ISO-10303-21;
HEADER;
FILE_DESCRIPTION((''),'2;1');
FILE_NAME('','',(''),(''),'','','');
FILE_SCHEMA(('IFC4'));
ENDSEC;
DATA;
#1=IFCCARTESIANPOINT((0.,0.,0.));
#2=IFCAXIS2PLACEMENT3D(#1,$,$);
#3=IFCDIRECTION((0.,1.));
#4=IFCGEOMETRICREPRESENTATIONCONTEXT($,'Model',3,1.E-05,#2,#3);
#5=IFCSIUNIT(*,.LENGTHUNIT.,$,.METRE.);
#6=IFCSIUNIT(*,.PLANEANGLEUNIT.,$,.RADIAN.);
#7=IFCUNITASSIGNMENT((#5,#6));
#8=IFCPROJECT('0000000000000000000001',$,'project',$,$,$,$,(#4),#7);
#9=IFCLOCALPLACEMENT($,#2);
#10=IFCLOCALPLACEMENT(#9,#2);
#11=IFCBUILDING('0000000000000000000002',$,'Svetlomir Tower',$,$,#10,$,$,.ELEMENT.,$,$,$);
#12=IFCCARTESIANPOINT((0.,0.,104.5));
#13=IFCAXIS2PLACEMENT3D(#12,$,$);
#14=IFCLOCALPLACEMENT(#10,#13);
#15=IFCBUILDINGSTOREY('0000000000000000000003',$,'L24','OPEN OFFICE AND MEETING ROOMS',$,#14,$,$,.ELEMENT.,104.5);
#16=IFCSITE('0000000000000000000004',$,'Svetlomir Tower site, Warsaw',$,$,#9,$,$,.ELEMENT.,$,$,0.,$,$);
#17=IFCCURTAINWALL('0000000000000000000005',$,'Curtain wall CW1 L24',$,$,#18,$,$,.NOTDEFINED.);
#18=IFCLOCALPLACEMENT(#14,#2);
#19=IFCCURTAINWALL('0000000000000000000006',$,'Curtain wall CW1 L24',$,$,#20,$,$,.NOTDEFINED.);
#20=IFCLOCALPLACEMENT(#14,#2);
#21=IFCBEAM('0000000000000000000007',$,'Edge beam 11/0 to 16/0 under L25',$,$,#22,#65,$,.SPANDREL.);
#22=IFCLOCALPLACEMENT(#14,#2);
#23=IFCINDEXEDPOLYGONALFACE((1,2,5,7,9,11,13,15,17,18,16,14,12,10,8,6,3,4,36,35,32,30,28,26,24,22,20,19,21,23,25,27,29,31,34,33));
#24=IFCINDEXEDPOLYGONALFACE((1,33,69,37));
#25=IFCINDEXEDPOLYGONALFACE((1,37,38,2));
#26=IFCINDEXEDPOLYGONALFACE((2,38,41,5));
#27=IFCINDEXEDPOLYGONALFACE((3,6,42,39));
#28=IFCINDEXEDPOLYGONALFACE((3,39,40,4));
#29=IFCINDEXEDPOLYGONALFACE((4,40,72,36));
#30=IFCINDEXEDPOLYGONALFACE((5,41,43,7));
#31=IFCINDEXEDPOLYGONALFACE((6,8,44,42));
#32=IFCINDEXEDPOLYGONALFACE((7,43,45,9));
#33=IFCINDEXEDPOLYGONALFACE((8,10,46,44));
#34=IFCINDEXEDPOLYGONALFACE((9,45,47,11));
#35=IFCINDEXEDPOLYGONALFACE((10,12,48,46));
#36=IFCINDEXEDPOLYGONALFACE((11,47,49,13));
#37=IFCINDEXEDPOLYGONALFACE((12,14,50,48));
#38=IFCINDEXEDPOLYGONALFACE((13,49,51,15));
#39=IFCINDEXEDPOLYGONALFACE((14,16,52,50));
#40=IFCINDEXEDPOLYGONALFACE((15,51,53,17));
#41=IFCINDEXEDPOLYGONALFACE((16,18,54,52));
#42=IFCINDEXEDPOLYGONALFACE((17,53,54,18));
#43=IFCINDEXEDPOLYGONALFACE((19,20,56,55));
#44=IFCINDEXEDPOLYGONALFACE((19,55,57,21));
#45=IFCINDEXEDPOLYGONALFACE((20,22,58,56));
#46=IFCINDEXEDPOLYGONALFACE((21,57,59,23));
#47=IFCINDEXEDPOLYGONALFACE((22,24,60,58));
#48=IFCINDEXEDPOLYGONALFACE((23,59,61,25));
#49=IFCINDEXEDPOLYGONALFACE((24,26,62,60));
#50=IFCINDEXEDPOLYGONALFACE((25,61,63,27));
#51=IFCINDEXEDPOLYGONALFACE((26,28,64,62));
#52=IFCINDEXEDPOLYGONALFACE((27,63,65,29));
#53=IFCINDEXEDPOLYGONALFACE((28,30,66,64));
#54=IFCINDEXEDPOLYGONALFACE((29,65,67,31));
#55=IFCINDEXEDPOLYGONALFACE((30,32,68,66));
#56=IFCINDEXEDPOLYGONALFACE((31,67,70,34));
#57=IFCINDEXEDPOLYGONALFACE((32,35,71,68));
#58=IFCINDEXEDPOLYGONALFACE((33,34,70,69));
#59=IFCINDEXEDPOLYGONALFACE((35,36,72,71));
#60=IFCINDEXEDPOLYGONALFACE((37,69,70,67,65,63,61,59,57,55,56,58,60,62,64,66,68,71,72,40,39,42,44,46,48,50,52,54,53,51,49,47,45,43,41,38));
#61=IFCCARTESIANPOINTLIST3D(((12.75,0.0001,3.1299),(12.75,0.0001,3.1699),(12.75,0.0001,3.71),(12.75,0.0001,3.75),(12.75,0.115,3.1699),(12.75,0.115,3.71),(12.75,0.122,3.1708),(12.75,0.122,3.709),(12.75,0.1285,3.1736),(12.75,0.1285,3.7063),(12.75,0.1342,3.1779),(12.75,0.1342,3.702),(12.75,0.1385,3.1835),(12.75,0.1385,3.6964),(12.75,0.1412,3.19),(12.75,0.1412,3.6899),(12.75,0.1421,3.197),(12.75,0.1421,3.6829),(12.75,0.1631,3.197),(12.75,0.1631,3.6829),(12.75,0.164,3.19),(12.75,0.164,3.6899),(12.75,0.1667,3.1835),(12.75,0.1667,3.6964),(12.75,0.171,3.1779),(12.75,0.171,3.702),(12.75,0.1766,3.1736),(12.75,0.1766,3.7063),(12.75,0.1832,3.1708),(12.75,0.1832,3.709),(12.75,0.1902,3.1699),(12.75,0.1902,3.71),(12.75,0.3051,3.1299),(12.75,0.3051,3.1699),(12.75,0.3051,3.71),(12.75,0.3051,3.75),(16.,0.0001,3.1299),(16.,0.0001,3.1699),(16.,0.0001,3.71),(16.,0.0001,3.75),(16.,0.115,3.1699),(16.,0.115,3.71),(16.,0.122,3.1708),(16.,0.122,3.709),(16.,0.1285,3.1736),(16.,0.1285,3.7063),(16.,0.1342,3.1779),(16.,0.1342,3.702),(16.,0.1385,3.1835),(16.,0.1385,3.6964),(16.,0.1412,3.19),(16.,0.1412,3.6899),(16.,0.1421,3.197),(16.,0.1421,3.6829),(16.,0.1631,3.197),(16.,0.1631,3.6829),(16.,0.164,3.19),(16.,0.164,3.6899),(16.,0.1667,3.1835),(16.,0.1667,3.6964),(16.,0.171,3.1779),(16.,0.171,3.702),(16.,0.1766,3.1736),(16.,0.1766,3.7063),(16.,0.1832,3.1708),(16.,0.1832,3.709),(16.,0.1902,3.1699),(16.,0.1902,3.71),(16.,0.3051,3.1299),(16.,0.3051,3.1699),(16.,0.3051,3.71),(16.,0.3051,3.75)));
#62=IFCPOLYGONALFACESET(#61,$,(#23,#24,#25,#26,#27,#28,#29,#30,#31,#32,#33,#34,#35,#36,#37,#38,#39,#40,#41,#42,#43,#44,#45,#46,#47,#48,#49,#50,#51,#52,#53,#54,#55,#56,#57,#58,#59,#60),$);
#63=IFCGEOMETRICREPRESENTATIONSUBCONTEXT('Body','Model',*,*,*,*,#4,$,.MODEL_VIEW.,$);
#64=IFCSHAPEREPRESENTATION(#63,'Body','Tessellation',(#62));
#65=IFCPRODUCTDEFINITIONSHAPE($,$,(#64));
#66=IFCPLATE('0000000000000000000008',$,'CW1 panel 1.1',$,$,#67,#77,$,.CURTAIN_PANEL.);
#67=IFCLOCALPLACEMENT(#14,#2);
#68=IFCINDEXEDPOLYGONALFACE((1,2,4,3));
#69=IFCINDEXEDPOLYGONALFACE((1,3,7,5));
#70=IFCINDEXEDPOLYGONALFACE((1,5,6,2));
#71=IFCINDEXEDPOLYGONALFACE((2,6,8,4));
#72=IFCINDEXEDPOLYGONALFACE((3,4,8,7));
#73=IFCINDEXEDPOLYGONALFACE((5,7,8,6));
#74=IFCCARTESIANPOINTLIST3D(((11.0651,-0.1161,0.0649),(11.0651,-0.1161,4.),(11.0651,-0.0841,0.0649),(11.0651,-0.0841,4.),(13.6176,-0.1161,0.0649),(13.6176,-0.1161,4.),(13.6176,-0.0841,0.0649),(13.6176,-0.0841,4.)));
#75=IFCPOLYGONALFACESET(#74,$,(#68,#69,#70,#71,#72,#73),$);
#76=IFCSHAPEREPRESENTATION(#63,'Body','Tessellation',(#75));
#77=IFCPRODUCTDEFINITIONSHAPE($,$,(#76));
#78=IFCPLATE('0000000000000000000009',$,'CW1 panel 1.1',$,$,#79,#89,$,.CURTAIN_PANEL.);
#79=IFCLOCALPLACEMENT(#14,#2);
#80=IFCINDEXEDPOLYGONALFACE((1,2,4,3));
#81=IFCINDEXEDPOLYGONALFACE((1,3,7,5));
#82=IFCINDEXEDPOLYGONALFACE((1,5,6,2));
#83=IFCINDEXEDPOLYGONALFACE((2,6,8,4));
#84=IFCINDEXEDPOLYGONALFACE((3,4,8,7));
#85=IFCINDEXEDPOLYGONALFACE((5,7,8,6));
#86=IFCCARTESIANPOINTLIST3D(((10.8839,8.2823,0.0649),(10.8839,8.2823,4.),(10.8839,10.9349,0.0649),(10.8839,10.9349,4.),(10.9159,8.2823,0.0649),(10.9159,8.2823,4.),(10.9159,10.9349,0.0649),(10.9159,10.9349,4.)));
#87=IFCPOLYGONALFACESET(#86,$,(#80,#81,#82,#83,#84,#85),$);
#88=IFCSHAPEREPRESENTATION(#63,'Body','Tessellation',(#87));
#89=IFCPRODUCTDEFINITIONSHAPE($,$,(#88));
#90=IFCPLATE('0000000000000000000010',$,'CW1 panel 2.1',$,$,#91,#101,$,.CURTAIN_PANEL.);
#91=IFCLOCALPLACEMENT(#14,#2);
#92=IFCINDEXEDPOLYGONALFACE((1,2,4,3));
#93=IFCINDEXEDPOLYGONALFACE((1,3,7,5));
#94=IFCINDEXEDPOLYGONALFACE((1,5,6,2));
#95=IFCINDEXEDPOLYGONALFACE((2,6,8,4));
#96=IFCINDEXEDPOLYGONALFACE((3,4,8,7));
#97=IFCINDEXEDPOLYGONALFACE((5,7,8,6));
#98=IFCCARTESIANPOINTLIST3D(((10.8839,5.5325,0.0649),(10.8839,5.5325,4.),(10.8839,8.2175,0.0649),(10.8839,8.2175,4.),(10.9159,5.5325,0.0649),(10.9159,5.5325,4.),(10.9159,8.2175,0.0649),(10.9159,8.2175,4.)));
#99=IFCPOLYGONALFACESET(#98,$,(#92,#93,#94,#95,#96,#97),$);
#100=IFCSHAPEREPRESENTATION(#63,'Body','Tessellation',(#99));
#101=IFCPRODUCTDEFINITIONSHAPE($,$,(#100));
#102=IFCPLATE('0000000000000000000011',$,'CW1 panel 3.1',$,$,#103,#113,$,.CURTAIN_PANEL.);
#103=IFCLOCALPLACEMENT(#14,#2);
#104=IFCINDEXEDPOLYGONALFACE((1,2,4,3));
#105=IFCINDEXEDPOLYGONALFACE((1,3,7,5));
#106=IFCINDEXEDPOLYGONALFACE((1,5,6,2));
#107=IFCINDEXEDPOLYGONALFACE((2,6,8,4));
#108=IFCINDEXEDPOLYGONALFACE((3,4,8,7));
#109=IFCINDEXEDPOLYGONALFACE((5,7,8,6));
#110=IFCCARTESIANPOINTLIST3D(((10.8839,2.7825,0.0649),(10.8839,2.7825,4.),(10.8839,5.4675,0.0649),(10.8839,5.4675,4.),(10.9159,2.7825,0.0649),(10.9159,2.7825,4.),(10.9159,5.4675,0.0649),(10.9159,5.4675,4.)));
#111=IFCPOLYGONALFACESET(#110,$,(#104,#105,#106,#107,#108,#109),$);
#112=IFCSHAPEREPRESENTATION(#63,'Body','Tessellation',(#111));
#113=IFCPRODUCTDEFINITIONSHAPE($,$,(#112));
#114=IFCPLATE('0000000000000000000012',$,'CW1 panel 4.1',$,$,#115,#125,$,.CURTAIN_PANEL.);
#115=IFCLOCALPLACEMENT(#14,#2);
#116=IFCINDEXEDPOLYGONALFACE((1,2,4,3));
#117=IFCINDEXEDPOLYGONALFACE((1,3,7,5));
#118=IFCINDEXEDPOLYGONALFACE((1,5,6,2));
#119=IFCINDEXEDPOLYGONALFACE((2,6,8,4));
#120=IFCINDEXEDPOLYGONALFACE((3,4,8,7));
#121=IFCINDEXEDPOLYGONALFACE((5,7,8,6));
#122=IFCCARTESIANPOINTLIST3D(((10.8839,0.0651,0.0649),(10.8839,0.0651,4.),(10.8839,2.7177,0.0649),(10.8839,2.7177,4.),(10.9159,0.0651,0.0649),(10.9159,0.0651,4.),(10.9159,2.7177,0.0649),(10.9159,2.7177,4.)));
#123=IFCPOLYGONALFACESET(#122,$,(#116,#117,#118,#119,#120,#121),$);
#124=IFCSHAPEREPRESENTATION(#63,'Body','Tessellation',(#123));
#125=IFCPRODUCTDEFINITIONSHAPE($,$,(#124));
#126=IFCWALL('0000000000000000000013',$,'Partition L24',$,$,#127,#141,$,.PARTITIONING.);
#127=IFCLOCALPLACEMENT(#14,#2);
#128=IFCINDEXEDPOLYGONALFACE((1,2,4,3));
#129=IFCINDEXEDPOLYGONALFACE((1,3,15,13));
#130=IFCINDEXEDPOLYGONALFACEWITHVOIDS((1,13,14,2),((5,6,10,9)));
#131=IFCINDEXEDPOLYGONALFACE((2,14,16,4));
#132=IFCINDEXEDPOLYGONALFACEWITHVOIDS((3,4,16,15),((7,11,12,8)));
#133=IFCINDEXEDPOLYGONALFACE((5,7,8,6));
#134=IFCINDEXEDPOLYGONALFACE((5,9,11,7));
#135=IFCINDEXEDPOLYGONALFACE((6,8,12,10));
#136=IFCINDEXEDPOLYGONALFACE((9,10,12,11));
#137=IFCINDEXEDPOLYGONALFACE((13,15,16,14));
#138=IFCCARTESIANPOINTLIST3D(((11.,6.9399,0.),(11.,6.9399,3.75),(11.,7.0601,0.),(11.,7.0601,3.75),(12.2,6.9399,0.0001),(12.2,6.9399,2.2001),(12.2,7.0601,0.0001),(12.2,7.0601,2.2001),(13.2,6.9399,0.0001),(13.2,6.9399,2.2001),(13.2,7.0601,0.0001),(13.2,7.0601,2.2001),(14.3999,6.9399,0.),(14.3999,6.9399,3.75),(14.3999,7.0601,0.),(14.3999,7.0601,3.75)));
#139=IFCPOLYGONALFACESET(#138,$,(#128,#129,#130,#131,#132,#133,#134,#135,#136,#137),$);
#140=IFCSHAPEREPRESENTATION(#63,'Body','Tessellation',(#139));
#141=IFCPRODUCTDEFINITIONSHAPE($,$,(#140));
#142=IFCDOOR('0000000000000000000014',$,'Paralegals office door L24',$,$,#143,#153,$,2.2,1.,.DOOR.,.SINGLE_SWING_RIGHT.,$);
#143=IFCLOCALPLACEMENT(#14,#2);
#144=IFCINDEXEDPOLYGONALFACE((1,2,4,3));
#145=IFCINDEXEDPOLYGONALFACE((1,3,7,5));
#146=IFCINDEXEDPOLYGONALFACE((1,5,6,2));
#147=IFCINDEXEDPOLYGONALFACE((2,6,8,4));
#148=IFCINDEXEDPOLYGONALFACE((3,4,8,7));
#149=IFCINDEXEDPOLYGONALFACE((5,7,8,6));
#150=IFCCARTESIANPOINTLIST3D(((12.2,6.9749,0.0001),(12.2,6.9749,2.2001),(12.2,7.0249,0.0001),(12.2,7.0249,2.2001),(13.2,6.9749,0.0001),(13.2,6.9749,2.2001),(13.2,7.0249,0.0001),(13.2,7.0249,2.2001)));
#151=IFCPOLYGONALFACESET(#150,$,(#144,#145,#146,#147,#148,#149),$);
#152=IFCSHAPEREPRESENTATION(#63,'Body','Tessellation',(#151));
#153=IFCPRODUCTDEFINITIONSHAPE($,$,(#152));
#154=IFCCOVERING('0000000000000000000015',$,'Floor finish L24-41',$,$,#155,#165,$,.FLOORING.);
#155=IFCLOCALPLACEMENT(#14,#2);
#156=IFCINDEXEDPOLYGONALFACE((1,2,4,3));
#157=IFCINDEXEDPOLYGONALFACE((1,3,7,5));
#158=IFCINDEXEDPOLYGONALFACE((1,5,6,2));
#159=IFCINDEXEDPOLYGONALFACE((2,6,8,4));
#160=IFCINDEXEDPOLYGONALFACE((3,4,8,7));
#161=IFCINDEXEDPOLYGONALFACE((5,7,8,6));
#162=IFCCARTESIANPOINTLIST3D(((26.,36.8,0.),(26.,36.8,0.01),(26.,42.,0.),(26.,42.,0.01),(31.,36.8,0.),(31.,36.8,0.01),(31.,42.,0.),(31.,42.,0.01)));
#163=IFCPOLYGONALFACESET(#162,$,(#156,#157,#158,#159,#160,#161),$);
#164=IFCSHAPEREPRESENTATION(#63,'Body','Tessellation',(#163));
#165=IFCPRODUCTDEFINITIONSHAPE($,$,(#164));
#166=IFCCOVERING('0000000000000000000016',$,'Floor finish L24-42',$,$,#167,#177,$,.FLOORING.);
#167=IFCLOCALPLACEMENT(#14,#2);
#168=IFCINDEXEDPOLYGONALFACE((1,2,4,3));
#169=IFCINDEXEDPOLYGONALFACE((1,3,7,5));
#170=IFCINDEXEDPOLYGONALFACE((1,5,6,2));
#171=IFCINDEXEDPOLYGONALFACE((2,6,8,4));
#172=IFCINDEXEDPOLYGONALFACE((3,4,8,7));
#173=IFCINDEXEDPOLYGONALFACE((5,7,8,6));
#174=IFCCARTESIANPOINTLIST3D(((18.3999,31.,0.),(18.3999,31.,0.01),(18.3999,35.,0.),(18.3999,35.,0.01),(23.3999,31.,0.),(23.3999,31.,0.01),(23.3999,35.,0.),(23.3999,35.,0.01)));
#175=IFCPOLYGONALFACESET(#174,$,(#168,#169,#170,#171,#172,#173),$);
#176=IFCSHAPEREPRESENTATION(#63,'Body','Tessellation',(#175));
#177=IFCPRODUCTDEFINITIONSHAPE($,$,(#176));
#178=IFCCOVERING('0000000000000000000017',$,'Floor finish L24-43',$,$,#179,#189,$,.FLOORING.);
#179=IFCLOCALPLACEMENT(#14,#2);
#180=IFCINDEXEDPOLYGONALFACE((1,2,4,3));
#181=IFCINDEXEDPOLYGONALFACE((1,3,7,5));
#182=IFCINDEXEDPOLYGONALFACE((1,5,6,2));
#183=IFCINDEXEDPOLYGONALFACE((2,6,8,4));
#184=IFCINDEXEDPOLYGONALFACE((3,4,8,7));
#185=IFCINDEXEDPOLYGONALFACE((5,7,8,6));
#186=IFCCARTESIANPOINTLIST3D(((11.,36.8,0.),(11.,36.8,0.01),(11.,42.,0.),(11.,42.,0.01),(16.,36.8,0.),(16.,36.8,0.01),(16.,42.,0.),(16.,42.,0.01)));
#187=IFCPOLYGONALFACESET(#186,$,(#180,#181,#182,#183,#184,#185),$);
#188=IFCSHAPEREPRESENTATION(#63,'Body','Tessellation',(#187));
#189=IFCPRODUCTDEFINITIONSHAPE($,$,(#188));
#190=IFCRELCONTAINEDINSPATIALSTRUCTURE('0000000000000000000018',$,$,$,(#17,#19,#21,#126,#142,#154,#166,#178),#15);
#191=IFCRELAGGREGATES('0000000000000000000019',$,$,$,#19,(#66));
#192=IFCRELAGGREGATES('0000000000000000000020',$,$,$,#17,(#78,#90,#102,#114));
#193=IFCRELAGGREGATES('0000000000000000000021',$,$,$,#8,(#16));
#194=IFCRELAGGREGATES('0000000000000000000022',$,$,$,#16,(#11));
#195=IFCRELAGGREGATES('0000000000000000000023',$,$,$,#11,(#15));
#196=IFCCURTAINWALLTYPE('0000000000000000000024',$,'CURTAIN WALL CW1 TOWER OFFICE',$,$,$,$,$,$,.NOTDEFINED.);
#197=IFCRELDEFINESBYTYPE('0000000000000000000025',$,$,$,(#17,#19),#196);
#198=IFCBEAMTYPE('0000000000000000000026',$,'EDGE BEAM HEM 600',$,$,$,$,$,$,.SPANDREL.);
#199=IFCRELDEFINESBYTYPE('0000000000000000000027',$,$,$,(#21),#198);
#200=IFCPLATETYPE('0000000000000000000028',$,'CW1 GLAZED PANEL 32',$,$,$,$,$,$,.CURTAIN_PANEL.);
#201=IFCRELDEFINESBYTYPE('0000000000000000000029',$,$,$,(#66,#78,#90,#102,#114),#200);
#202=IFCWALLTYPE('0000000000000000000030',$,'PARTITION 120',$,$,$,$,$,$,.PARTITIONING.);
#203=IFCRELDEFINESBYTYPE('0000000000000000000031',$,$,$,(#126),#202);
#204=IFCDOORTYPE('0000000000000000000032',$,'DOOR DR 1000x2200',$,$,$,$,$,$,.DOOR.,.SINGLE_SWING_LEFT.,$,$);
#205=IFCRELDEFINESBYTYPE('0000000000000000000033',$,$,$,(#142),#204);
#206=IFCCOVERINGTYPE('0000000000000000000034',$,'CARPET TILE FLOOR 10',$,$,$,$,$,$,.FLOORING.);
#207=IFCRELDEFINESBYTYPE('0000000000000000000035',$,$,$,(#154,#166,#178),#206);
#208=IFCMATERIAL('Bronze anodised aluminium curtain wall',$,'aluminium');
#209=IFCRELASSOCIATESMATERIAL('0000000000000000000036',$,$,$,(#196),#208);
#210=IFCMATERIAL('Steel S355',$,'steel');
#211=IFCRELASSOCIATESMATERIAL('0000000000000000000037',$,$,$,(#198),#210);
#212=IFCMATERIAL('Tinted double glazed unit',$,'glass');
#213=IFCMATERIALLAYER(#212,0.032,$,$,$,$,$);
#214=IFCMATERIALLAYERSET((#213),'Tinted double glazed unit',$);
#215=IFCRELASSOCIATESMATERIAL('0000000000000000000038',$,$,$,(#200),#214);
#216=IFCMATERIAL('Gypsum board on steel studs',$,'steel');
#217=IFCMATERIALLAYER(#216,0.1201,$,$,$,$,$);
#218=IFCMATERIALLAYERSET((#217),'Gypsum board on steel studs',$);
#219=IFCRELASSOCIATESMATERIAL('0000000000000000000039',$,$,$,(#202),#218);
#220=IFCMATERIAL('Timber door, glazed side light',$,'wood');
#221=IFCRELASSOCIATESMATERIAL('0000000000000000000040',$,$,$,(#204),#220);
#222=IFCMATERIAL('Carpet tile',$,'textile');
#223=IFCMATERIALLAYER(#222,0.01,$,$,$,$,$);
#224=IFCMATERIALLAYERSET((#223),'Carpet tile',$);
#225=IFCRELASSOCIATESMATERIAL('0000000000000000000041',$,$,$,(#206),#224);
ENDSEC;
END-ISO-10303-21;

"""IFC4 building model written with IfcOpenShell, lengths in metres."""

from ifc_helpers import new_model, si_unit, direction, frame, frame_2d, origin, origin_2d, place, context, subcontext, project, spatial, polyline, rectangle, i_section, outline, extrude, material, layer, layer_set, material_profile, profile_set, type_object, element, fill, aggregate, save


model = new_model("IFC4")

# Units and contexts
model_context = context("Model", 3, precision=1e-05, world=origin(), true_north=direction((0.0, 1.0)))
body_context = subcontext(model_context, "Body", "Model", "MODEL_VIEW")
ifc_project = project(units=[si_unit("LENGTHUNIT", "METRE"), si_unit("PLANEANGLEUNIT", "RADIAN")], contexts=[model_context])

# Site, building, storey
site_placement = place(None, origin())
site = spatial("IfcSite", under=ifc_project, at=site_placement, Name="Svetlomir Tower site, Warsaw", CompositionType="ELEMENT", RefElevation=0.0)
building_placement = place(site_placement, origin())
building = spatial("IfcBuilding", under=site, at=building_placement, Name="Svetlomir Tower", CompositionType="ELEMENT")
storey_placement = place(building_placement, frame((0.0, 0.0, 104.5)))
storey = spatial("IfcBuildingStorey", under=building, at=storey_placement, Name="L24", Description="OPEN OFFICE AND MEETING ROOMS", CompositionType="ELEMENT", Elevation=104.5)

# Curtain wall
ifc_material_1 = material(Name="Bronze anodised aluminium curtain wall", Category="aluminium")
curtain_wall_type = type_object("IfcCurtainWallType", Name="CURTAIN WALL CW1 TOWER OFFICE", PredefinedType="NOTDEFINED", material=ifc_material_1)
curtain_wall_1_placement = place(storey_placement, origin())
curtain_wall_1 = element("IfcCurtainWall", 1, at=curtain_wall_1_placement, inside=storey, type_object=curtain_wall_type, Name="Curtain wall CW1 L24", PredefinedType="NOTDEFINED")

# Curtain wall
curtain_wall_2_placement = place(storey_placement, origin())
curtain_wall_2 = element("IfcCurtainWall", 2, at=curtain_wall_2_placement, inside=storey, type_object=curtain_wall_type, Name="Curtain wall CW1 L24", PredefinedType="NOTDEFINED")

# Beam
ifc_material_2 = material(Name="Steel S355", Category="steel")
ifc_material_profile_1 = material_profile(ifc_material_2, i_section(OverallWidth=0.3049, OverallDepth=0.6201, WebThickness=0.021, FlangeThickness=0.04, FilletRadius=0.0271, at=origin_2d()), Name="HEM 600")
ifc_profile_set_1 = profile_set([ifc_material_profile_1], Name="Steel S355")
beam_type = type_object("IfcBeamType", Name="EDGE BEAM HEM 600", PredefinedType="SPANDREL", material=ifc_profile_set_1)
beam_placement = place(storey_placement, frame((12.75, 0.1526, 3.4399), z_axis=(1.0, 0.0, 0.0), x_axis=(0.0, 1.0, 0.0)))
element("IfcBeam", 3, at=beam_placement, inside=storey, type_object=beam_type, Name="Edge beam 11/0 to 16/0 under L25", PredefinedType="SPANDREL", context=body_context, shape_type="SweptSolid", body=[
    extrude(i_section(OverallWidth=0.3049, OverallDepth=0.6201, WebThickness=0.021, FlangeThickness=0.04, FilletRadius=0.0271, at=origin_2d()), origin(), (0.0, 0.0, 1.0), 3.25),
])

# Plates
ifc_material_3 = material(Name="Tinted double glazed unit", Category="glass")
ifc_layer_1 = layer(ifc_material_3, 0.032)
ifc_layer_set_1 = layer_set([ifc_layer_1], Name="Tinted double glazed unit")
plate_type = type_object("IfcPlateType", Name="CW1 GLAZED PANEL 32", PredefinedType="CURTAIN_PANEL", material=ifc_layer_set_1)
plate_1_placement = place(storey_placement, frame((12.3413, -0.1001, 0.0649), z_axis=(0.0, 0.0, 1.0), x_axis=(1.0, 0.0, 0.0)))
plate_1 = element("IfcPlate", 4, at=plate_1_placement, type_object=plate_type, Name="CW1 panel 1.1", PredefinedType="CURTAIN_PANEL", context=body_context, shape_type="SweptSolid", body=[
    extrude(rectangle(XDim=2.5525, YDim=0.032, at=origin_2d()), origin(), (0.0, 0.0, 1.0), 3.9351),
])
aggregate(curtain_wall_2, [plate_1])
plate_2_placement = place(storey_placement, frame((10.8999, 9.6086, 0.0649), z_axis=(0.0, 0.0, 1.0), x_axis=(0.0, -1.0, 0.0)))
plate_2 = element("IfcPlate", 5, at=plate_2_placement, type_object=plate_type, Name="CW1 panel 1.1", PredefinedType="CURTAIN_PANEL", context=body_context, shape_type="SweptSolid", body=[
    extrude(rectangle(XDim=2.6526, YDim=0.032, at=origin_2d()), origin(), (0.0, 0.0, 1.0), 3.9351),
])
plate_3_placement = place(storey_placement, frame((10.8999, 6.875, 0.0649), z_axis=(0.0, 0.0, 1.0), x_axis=(0.0, -1.0, 0.0)))
plate_3 = element("IfcPlate", 6, at=plate_3_placement, type_object=plate_type, Name="CW1 panel 2.1", PredefinedType="CURTAIN_PANEL", context=body_context, shape_type="SweptSolid", body=[
    extrude(rectangle(XDim=2.6851, YDim=0.032, at=origin_2d()), origin(), (0.0, 0.0, 1.0), 3.9351),
])
plate_4_placement = place(storey_placement, frame((10.8999, 4.125, 0.0649), z_axis=(0.0, 0.0, 1.0), x_axis=(0.0, -1.0, 0.0)))
plate_4 = element("IfcPlate", 7, at=plate_4_placement, type_object=plate_type, Name="CW1 panel 3.1", PredefinedType="CURTAIN_PANEL", context=body_context, shape_type="SweptSolid", body=[
    extrude(rectangle(XDim=2.6851, YDim=0.032, at=origin_2d()), origin(), (0.0, 0.0, 1.0), 3.9351),
])
plate_5_placement = place(storey_placement, frame((10.8999, 1.3914, 0.0649), z_axis=(0.0, 0.0, 1.0), x_axis=(0.0, -1.0, 0.0)))
plate_5 = element("IfcPlate", 8, at=plate_5_placement, type_object=plate_type, Name="CW1 panel 4.1", PredefinedType="CURTAIN_PANEL", context=body_context, shape_type="SweptSolid", body=[
    extrude(rectangle(XDim=2.6526, YDim=0.032, at=origin_2d()), origin(), (0.0, 0.0, 1.0), 3.9351),
])
aggregate(curtain_wall_1, [plate_2, plate_3, plate_4, plate_5])

# Wall, opening, door
ifc_material_4 = material(Name="Gypsum board on steel studs", Category="steel")
ifc_layer_2 = layer(ifc_material_4, 0.1201)
ifc_layer_set_2 = layer_set([ifc_layer_2], Name="Gypsum board on steel studs")
wall_type = type_object("IfcWallType", Name="PARTITION 120", PredefinedType="PARTITIONING", material=ifc_layer_set_2)
wall_placement = place(storey_placement, frame((11.0, 7.0, 0.0), z_axis=(0.0, 0.0, 1.0), x_axis=(1.0, 0.0, 0.0)))
wall = element("IfcWall", 9, at=wall_placement, inside=storey, type_object=wall_type, Name="Partition L24", PredefinedType="PARTITIONING", context=body_context, shape_type="SweptSolid", body=[
    extrude(rectangle(XDim=3.3999, YDim=0.1201, at=frame_2d((1.7, 0.0))), origin(), (0.0, 0.0, 1.0), 3.75),
])
opening_placement = place(wall_placement, frame((1.2, 0.0, 0.0)))
opening = element("IfcOpeningElement", 10, at=opening_placement, cuts=wall, PredefinedType="OPENING", context=body_context, shape_type="SweptSolid", body=[
    extrude(rectangle(XDim=1.0, YDim=2.2, at=frame_2d((0.5, 1.1001))), frame((0.0, 0.0701, 0.0), z_axis=(0.0, -1.0, 0.0), x_axis=(1.0, 0.0, 0.0)), (0.0, 0.0, 1.0), 0.1401),
])
ifc_material_5 = material(Name="Timber door, glazed side light", Category="wood")
door_type = type_object("IfcDoorType", Name="DOOR DR 1000x2200", OperationType="SINGLE_SWING_LEFT", PredefinedType="DOOR", material=ifc_material_5)
door_placement = place(opening_placement, origin())
door = element("IfcDoor", 11, at=door_placement, inside=storey, type_object=door_type, Name="Paralegals office door L24", OperationType="SINGLE_SWING_RIGHT", OverallHeight=2.2, OverallWidth=1.0, PredefinedType="DOOR", context=body_context, shape_type="SweptSolid", body=[
    extrude(rectangle(XDim=1.0, YDim=2.2, at=frame_2d((0.5, 1.1001))), frame((0.0, 0.0249, 0.0), z_axis=(0.0, -1.0, 0.0), x_axis=(1.0, 0.0, 0.0)), (0.0, 0.0, 1.0), 0.05),
])
fill(opening, door)

# Coverings
ifc_material_6 = material(Name="Carpet tile", Category="textile")
ifc_layer_3 = layer(ifc_material_6, 0.01)
ifc_layer_set_3 = layer_set([ifc_layer_3], Name="Carpet tile")
covering_type_1 = type_object("IfcCoveringType", Name="CARPET TILE FLOOR 10", PredefinedType="FLOORING", material=ifc_layer_set_3)
covering_1_placement = place(storey_placement, origin())
element("IfcCovering", 12, at=covering_1_placement, inside=storey, type_object=covering_type_1, Name="Floor finish L24-41", PredefinedType="FLOORING", context=body_context, shape_type="SweptSolid", body=[
    extrude(outline(polyline([(26.0, 36.8), (26.0, 42.0), (31.0, 42.0), (31.0, 36.8), (26.0, 36.8)])), origin(), (0.0, 0.0, 1.0), 0.01),
])
covering_2_placement = place(storey_placement, origin())
element("IfcCovering", 13, at=covering_2_placement, inside=storey, type_object=covering_type_1, Name="Floor finish L24-42", PredefinedType="FLOORING", context=body_context, shape_type="SweptSolid", body=[
    extrude(outline(polyline([(18.3999, 31.0), (18.3999, 35.0), (23.3999, 35.0), (23.3999, 31.0), (18.3999, 31.0)])), origin(), (0.0, 0.0, 1.0), 0.01),
])
covering_3_placement = place(storey_placement, origin())
element("IfcCovering", 14, at=covering_3_placement, inside=storey, type_object=covering_type_1, Name="Floor finish L24-43", PredefinedType="FLOORING", context=body_context, shape_type="SweptSolid", body=[
    extrude(outline(polyline([(16.0, 42.0), (16.0, 36.8), (11.0, 36.8), (11.0, 42.0), (16.0, 42.0)])), origin(), (0.0, 0.0, 1.0), 0.01),
])

save(model, "model.ifc")
